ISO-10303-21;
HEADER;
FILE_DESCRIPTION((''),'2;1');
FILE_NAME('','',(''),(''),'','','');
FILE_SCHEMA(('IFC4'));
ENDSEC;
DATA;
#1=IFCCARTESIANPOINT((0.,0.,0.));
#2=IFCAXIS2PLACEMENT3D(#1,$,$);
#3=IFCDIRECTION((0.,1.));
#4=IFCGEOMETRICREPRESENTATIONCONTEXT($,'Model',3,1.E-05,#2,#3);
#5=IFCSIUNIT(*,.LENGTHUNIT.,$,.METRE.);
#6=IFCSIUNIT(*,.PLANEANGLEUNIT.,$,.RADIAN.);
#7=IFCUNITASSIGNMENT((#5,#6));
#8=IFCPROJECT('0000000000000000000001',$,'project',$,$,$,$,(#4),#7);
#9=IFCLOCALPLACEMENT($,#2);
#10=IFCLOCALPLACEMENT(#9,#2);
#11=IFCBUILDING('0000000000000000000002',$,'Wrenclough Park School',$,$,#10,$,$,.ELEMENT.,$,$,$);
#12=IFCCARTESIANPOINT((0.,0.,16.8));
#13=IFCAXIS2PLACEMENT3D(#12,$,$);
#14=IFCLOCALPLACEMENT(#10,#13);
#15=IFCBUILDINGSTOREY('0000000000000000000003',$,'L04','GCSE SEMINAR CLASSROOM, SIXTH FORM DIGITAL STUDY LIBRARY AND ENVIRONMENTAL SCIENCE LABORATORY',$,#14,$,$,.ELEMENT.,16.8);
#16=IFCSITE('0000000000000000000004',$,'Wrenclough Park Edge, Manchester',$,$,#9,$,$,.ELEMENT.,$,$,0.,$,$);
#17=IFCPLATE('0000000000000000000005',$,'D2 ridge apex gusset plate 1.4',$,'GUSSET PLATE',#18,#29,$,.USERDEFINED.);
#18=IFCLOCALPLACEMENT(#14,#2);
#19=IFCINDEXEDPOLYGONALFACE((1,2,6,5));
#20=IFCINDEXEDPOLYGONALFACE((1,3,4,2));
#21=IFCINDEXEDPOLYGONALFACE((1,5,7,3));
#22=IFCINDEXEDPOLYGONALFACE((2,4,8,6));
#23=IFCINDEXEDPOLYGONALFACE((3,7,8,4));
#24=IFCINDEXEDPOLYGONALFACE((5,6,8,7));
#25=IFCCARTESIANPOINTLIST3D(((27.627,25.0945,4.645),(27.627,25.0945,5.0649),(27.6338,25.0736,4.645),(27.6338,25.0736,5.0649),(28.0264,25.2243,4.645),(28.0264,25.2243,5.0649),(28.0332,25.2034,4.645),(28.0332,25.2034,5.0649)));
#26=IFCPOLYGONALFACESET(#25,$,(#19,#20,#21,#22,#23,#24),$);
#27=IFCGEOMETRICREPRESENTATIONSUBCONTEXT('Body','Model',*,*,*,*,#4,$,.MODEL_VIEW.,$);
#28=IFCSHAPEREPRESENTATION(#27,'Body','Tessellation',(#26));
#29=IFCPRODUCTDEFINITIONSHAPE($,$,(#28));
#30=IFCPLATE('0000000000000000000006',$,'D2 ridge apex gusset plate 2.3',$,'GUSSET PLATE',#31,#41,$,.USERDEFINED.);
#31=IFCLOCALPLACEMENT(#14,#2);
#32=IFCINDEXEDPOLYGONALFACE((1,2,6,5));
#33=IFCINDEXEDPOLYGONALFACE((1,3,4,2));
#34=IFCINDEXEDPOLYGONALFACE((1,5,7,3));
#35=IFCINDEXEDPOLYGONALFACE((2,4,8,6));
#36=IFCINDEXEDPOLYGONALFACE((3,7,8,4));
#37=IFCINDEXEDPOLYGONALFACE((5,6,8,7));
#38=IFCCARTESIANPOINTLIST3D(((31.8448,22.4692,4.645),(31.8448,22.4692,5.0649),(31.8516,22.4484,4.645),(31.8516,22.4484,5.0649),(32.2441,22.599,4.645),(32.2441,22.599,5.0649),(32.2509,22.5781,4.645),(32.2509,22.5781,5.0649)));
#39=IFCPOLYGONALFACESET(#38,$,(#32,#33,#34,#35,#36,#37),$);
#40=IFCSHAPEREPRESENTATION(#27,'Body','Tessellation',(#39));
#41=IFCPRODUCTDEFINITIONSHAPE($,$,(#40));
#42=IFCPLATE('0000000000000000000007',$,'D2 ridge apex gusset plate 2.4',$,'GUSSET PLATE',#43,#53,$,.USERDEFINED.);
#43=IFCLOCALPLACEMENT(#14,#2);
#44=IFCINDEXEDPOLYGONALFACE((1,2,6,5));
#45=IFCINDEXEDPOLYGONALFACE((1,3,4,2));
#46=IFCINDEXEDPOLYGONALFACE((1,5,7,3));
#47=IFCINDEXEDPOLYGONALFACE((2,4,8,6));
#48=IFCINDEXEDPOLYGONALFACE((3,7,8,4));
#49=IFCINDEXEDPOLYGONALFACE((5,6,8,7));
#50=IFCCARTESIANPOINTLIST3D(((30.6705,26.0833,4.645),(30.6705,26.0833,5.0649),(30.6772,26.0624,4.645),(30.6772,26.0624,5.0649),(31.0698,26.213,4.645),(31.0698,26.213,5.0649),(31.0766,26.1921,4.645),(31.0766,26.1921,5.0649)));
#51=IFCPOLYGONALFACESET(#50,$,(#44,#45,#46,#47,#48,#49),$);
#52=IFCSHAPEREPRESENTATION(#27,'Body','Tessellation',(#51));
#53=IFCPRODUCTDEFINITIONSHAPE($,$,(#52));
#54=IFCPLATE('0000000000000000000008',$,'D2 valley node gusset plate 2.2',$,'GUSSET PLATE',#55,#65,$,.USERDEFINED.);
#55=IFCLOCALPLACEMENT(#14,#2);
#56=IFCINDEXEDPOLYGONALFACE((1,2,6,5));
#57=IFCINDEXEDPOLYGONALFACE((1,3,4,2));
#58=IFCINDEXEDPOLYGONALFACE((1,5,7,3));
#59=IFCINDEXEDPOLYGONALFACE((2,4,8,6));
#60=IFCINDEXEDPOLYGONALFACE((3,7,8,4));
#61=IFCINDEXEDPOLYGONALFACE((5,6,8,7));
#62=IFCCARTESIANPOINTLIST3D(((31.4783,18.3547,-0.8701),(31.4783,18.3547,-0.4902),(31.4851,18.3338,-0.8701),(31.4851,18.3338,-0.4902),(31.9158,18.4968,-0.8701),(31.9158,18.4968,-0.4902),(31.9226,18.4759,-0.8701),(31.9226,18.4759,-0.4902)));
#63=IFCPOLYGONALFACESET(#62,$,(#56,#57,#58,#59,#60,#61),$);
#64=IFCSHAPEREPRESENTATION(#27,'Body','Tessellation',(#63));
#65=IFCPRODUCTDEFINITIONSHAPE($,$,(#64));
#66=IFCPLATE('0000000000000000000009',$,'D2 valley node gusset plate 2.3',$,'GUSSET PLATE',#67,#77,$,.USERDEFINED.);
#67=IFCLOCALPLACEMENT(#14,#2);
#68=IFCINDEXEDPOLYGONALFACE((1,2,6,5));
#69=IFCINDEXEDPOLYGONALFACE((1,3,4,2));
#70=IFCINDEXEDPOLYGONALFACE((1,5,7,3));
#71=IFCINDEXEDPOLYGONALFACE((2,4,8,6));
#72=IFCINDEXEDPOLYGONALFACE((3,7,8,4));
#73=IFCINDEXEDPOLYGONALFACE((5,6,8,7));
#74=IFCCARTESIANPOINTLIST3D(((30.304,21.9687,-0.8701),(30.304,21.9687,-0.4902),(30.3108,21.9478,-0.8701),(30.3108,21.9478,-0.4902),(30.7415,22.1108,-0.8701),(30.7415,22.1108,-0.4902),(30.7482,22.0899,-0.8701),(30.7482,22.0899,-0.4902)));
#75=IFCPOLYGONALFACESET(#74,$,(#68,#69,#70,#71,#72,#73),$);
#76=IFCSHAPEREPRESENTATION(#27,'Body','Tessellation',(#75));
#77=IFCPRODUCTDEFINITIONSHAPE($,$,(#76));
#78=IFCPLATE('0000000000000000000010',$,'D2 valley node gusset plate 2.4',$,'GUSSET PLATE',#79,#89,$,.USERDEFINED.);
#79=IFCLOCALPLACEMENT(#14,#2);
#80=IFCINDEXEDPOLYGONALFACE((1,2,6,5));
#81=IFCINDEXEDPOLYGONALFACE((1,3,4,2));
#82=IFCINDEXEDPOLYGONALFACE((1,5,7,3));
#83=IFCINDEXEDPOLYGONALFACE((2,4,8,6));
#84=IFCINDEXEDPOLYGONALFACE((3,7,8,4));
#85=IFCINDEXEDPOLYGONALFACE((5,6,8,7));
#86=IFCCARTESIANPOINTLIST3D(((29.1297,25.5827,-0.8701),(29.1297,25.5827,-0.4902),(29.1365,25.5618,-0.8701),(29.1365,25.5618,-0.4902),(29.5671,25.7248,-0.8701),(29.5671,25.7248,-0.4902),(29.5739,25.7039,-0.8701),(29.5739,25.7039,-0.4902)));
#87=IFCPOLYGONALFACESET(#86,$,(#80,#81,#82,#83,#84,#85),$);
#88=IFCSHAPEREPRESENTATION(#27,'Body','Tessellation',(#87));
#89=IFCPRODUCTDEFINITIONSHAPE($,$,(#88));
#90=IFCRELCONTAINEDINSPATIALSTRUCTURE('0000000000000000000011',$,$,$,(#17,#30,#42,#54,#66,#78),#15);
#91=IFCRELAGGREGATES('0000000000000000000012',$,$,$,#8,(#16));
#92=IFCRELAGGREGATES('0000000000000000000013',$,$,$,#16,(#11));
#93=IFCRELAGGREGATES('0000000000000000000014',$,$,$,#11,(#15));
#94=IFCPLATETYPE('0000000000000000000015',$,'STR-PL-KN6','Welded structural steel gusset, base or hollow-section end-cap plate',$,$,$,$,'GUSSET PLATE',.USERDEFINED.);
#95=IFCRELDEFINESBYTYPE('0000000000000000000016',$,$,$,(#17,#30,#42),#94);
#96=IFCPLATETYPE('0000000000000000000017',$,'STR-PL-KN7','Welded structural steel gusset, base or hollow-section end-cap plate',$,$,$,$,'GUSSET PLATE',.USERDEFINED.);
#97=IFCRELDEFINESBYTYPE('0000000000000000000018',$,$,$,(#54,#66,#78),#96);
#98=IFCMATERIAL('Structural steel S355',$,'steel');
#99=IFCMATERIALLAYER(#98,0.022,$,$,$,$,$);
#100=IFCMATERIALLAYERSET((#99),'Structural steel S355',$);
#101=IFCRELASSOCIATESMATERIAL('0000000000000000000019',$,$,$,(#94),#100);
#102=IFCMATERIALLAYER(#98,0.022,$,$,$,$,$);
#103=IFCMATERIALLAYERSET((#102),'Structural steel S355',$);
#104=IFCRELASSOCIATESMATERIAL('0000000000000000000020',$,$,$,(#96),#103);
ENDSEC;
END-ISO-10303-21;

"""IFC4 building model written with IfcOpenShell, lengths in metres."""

from ifc_helpers import new_model, si_unit, direction, frame, origin, origin_2d, place, context, subcontext, project, spatial, rectangle, extrude, material, layer, layer_set, type_object, element, save


model = new_model("IFC4")

# Units and contexts
model_context = context("Model", 3, precision=1e-05, world=origin(), true_north=direction((0.0, 1.0)))
body_context = subcontext(model_context, "Body", "Model", "MODEL_VIEW")
ifc_project = project(units=[si_unit("LENGTHUNIT", "METRE"), si_unit("PLANEANGLEUNIT", "RADIAN")], contexts=[model_context])

# Site, building, storey
site_placement = place(None, origin())
site = spatial("IfcSite", under=ifc_project, at=site_placement, Name="Wrenclough Park Edge, Manchester", CompositionType="ELEMENT", RefElevation=0.0)
building_placement = place(site_placement, origin())
building = spatial("IfcBuilding", under=site, at=building_placement, Name="Wrenclough Park School", CompositionType="ELEMENT")
storey_placement = place(building_placement, frame((0.0, 0.0, 16.8)))
storey = spatial("IfcBuildingStorey", under=building, at=storey_placement, Name="L04", Description="GCSE SEMINAR CLASSROOM, SIXTH FORM DIGITAL STUDY LIBRARY AND ENVIRONMENTAL SCIENCE LABORATORY", CompositionType="ELEMENT", Elevation=16.8)

# Shared definitions
ifc_material = material(Name="Structural steel S355", Category="steel")

# Plates
ifc_layer_1 = layer(ifc_material, 0.022)
ifc_layer_set_1 = layer_set([ifc_layer_1], Name="Structural steel S355")
plate_type_1 = type_object("IfcPlateType", Name="STR-PL-KN6", Description="Welded structural steel gusset, base or hollow-section end-cap plate", ElementType="GUSSET PLATE", PredefinedType="USERDEFINED", material=ifc_layer_set_1)
for number, where, z_axis, x_axis, name in (
    (1, (27.8301, 25.1489, 4.645), (0.0, 0.0, 1.0), (0.951057, 0.309017, 0.0), "D2 ridge apex gusset plate 1.4"),
    (2, (32.0479, 22.5237, 4.645), (0.0, 0.0, 1.0), (0.951057, 0.309017, 0.0), "D2 ridge apex gusset plate 2.3"),
    (3, (30.8735, 26.1377, 4.645), (0.0, 0.0, 1.0), (0.951057, 0.309017, 0.0), "D2 ridge apex gusset plate 2.4"),
):
    element("IfcPlate", number, at=place(storey_placement, frame(where, z_axis=z_axis, x_axis=x_axis)), inside=storey, type_object=plate_type_1, Name=name, ObjectType="GUSSET PLATE", PredefinedType="USERDEFINED", context=body_context, shape_type="SweptSolid", body=[
        extrude(rectangle(XDim=0.4199, YDim=0.022, at=origin_2d()), origin(), (0.0, 0.0, 1.0), 0.4199),
    ])
ifc_layer_2 = layer(ifc_material, 0.022)
ifc_layer_set_2 = layer_set([ifc_layer_2], Name="Structural steel S355")
plate_type_2 = type_object("IfcPlateType", Name="STR-PL-KN7", Description="Welded structural steel gusset, base or hollow-section end-cap plate", ElementType="GUSSET PLATE", PredefinedType="USERDEFINED", material=ifc_layer_set_2)
for number, where, z_axis, x_axis, name in (
    (4, (31.7004, 18.4153, -0.8701), (0.0, 0.0, 1.0), (0.951057, 0.309017, 0.0), "D2 valley node gusset plate 2.2"),
    (5, (30.5261, 22.0293, -0.8701), (0.0, 0.0, 1.0), (0.951057, 0.309017, 0.0), "D2 valley node gusset plate 2.3"),
    (6, (29.3518, 25.6433, -0.8701), (0.0, 0.0, 1.0), (0.951057, 0.309017, 0.0), "D2 valley node gusset plate 2.4"),
):
    element("IfcPlate", number, at=place(storey_placement, frame(where, z_axis=z_axis, x_axis=x_axis)), inside=storey, type_object=plate_type_2, Name=name, ObjectType="GUSSET PLATE", PredefinedType="USERDEFINED", context=body_context, shape_type="SweptSolid", body=[
        extrude(rectangle(XDim=0.46, YDim=0.022, at=origin_2d()), origin(), (0.0, 0.0, 1.0), 0.3799),
    ])

save(model, "model.ifc")
